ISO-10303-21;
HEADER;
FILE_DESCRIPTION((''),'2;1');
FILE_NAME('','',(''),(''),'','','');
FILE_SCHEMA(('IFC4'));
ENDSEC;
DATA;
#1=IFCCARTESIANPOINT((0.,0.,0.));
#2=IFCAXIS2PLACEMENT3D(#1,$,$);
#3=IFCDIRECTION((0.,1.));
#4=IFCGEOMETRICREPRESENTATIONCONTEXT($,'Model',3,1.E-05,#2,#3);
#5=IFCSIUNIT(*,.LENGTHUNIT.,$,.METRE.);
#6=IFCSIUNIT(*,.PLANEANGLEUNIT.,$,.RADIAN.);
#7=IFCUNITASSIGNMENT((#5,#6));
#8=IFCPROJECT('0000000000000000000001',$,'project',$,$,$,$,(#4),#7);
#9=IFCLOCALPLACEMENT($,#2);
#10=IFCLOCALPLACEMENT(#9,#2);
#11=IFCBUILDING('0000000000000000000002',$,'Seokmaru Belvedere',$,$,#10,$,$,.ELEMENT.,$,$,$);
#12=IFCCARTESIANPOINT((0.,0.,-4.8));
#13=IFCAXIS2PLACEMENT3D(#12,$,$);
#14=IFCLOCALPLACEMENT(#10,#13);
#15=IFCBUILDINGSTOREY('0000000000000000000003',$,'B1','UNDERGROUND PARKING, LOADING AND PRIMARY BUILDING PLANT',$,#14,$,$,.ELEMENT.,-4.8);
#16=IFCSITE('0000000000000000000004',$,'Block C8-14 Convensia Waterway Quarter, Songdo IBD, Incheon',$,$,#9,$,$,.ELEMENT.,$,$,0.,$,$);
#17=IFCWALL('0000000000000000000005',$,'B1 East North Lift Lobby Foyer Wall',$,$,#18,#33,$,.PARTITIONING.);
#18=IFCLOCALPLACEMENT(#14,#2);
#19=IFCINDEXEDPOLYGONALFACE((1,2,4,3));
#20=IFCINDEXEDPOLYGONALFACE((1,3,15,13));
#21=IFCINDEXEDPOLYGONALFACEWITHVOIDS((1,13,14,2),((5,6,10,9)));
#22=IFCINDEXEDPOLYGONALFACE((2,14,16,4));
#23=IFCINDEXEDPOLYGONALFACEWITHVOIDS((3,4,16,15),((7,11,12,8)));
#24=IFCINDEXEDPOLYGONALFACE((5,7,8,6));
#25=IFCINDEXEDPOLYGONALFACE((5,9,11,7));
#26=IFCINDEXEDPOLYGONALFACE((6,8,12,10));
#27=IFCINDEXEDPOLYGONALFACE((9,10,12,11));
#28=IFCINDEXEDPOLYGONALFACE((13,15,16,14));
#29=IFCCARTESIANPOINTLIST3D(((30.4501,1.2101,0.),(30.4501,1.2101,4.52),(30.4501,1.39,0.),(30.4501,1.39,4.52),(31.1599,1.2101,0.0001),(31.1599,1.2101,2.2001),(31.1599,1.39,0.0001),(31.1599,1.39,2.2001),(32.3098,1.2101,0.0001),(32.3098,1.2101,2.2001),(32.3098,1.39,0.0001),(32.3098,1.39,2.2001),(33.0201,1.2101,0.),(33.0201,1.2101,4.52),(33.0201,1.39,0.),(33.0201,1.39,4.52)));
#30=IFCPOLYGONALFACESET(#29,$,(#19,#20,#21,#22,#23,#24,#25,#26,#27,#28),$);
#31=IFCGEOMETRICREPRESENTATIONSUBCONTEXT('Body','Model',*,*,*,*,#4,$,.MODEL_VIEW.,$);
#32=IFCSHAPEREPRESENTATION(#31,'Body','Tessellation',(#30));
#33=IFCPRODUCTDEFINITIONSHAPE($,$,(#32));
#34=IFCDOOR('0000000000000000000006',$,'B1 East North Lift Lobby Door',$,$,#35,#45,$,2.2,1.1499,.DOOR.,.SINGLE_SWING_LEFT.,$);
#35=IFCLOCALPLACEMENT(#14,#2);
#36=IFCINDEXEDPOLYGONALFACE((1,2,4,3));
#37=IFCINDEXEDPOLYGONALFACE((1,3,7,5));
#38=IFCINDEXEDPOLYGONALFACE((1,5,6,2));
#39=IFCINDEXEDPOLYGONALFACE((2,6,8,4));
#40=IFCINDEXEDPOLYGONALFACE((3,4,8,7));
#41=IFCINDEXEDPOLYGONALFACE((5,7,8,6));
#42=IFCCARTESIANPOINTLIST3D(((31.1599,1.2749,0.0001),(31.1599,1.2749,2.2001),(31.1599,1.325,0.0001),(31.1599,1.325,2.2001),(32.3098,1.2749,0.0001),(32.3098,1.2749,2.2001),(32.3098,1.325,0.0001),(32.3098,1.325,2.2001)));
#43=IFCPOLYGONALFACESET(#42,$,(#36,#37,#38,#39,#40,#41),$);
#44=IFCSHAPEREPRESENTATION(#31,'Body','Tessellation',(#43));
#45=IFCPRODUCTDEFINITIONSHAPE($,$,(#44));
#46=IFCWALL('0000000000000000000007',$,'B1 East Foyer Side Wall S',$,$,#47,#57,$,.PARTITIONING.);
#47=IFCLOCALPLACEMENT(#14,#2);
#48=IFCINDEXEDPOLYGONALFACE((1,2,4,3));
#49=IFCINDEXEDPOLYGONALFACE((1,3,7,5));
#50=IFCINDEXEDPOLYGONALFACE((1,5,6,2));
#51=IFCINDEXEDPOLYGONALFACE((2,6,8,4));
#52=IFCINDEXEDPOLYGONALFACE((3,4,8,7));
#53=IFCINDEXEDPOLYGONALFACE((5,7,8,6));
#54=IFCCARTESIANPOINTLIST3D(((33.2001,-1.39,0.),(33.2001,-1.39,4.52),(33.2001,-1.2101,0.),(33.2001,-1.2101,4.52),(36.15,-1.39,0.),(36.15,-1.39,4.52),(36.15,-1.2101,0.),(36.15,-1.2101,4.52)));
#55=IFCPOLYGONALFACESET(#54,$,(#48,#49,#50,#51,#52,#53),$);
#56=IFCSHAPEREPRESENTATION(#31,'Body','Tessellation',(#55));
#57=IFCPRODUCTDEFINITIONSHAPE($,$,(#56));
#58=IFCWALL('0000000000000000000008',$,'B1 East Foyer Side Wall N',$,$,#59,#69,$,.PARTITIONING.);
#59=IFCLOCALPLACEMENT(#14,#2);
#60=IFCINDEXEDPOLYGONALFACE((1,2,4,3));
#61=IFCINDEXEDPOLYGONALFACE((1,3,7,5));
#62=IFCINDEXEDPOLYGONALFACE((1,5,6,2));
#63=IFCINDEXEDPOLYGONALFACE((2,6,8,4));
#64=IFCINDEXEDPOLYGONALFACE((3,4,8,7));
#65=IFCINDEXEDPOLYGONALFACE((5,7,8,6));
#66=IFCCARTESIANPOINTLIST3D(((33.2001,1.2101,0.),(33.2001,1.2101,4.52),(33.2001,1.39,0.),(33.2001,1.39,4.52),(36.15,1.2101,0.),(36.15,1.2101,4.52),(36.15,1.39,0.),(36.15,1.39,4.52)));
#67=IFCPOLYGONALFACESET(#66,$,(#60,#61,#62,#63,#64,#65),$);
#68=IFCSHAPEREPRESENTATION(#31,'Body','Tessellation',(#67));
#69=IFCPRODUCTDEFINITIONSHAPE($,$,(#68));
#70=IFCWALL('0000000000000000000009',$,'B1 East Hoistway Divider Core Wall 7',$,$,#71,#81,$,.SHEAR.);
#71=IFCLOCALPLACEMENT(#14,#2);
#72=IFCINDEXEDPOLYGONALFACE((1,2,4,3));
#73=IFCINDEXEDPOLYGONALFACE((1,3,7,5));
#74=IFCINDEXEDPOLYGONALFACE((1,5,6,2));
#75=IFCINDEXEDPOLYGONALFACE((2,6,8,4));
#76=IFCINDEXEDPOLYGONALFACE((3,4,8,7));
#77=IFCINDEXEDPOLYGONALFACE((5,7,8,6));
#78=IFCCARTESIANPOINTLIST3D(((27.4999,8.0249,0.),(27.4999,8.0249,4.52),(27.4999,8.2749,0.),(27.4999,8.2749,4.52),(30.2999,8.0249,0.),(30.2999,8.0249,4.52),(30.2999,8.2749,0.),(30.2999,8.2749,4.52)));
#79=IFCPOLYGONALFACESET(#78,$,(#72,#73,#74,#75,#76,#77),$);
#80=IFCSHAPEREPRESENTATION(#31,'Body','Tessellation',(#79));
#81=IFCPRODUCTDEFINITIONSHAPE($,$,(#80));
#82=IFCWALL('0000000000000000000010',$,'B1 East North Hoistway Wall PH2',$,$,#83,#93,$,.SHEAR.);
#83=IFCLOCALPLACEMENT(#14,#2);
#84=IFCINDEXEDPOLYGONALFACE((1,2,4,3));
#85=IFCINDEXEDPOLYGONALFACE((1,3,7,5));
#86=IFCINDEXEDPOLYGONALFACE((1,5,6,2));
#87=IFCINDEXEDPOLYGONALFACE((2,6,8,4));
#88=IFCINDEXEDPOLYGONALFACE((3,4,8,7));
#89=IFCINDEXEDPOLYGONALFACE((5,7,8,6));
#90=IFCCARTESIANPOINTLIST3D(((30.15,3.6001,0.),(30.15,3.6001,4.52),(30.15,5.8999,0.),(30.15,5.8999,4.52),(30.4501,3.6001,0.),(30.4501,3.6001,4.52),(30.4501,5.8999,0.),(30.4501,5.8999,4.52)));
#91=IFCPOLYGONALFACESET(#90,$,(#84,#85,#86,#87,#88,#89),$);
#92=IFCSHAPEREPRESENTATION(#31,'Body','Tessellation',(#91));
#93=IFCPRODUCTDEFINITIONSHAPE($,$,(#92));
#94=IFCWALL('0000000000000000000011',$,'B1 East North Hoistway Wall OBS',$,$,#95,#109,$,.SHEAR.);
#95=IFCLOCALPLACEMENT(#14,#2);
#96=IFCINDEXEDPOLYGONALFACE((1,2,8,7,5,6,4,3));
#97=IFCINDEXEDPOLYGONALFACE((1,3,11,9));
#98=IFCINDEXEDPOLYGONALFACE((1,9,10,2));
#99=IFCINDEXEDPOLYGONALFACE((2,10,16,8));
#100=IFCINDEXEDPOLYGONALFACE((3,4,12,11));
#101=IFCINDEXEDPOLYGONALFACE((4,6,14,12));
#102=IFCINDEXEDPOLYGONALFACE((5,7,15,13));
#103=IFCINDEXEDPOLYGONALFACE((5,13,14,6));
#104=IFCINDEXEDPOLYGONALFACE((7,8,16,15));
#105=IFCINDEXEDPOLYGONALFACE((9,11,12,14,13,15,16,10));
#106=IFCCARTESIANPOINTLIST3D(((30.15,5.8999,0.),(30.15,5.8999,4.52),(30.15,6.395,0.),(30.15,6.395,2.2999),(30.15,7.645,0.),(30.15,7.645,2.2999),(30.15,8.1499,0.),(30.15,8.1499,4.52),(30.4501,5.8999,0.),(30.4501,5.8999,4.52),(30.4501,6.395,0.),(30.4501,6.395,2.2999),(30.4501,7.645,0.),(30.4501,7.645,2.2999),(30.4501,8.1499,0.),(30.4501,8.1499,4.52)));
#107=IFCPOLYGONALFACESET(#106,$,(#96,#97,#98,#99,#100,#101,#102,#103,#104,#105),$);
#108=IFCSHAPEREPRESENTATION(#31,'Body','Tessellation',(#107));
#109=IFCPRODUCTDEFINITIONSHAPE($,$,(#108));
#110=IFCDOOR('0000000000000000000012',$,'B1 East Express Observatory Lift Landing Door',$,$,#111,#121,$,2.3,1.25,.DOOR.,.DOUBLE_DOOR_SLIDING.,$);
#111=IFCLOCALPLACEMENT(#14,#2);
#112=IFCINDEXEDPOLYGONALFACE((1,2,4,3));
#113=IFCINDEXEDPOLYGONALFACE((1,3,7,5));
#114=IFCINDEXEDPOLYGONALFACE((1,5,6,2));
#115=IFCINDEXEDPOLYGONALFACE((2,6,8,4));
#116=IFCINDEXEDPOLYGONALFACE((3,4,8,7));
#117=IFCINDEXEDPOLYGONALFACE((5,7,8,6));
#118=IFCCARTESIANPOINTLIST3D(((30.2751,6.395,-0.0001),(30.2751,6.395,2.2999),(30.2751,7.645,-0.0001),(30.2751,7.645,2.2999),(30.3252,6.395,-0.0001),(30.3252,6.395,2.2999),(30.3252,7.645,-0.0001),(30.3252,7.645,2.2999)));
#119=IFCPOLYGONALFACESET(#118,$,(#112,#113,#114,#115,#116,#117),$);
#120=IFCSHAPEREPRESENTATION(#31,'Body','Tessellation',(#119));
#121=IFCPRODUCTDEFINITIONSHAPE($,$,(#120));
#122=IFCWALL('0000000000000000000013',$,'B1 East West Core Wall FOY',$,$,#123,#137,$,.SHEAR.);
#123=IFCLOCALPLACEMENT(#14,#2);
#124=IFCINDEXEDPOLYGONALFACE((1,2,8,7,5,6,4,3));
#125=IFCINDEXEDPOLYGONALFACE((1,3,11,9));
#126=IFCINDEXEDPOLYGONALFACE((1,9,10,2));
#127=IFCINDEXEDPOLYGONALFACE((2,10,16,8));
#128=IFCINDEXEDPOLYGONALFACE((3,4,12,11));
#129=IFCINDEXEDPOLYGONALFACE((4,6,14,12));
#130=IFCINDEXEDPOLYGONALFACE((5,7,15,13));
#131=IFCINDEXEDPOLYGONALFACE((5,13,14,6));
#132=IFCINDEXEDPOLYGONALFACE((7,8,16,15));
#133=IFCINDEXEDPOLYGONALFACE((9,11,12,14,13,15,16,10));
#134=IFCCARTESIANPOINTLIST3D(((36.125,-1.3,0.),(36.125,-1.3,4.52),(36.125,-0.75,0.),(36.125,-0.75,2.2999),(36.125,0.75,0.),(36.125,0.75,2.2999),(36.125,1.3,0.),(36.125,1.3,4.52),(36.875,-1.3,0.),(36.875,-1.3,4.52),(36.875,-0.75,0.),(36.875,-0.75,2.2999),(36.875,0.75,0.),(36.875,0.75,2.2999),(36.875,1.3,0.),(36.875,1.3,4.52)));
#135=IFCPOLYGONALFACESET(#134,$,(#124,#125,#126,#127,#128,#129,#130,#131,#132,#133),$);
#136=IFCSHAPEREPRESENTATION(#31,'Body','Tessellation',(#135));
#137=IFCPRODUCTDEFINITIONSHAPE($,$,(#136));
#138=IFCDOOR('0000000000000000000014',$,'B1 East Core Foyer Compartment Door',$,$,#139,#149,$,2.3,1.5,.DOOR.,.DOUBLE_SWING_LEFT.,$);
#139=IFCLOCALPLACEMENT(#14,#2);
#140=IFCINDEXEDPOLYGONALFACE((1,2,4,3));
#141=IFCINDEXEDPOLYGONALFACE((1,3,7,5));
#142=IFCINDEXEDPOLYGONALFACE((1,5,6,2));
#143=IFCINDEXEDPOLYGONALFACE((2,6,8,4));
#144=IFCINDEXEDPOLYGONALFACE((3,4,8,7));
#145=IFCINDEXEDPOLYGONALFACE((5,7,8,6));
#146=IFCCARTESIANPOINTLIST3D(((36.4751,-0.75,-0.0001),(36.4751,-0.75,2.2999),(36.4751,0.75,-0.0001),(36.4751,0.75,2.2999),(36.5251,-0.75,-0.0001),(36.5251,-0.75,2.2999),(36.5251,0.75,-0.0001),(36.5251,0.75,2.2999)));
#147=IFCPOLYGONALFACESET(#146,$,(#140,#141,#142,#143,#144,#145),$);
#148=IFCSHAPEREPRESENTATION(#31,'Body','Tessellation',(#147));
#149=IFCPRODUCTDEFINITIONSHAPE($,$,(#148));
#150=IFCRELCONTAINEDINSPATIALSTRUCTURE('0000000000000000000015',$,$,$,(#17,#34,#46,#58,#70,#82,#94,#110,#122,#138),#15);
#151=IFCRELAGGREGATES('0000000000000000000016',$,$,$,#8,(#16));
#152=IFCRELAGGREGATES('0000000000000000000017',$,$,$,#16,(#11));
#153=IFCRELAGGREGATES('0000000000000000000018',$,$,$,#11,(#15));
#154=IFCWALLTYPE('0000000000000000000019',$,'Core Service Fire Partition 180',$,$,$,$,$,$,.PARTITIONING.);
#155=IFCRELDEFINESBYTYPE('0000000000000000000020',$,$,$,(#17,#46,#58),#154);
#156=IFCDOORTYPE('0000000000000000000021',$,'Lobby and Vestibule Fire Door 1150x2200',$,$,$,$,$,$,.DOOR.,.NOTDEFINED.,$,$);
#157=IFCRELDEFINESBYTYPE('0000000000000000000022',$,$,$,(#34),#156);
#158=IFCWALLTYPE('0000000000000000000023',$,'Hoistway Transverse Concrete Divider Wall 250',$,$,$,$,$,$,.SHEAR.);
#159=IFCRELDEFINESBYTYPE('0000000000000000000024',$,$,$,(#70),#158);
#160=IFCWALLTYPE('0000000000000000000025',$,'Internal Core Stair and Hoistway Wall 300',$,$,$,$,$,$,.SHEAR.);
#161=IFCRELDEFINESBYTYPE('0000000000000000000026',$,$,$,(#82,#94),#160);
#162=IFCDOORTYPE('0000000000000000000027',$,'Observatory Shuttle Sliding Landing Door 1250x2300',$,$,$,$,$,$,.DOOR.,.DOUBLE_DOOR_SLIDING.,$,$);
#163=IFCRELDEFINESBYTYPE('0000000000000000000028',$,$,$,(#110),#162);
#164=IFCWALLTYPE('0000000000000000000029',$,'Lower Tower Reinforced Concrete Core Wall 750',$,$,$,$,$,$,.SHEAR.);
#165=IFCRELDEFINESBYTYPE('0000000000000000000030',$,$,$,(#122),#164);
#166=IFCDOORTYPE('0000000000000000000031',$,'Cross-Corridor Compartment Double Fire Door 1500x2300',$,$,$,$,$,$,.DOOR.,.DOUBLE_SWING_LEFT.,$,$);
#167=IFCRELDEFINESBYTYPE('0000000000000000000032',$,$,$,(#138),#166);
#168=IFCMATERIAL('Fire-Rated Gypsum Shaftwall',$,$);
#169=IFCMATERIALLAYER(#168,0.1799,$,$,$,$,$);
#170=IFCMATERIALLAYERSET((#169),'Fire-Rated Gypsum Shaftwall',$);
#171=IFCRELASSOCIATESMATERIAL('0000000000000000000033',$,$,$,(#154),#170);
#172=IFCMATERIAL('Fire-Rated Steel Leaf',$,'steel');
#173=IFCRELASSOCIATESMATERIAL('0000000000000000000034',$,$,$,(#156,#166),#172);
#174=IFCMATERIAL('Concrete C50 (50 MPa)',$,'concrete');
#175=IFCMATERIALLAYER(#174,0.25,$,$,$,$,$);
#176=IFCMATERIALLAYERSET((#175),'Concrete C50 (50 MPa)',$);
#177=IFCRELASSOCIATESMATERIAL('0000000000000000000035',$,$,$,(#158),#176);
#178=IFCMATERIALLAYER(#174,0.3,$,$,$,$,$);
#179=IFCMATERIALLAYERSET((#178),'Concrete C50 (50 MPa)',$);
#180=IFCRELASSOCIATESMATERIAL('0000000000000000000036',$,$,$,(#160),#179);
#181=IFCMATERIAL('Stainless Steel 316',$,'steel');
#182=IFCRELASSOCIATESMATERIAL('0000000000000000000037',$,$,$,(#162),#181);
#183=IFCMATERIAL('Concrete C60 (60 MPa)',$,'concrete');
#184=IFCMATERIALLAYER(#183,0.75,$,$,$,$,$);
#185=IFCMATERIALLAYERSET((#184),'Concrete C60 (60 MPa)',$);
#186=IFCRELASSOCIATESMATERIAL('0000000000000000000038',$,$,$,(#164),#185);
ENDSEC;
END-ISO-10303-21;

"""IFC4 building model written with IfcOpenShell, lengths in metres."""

from ifc_helpers import new_model, si_unit, direction, frame, frame_2d, origin, place, context, subcontext, project, spatial, rectangle, extrude, source, transform, mapped, material, layer, layer_set, type_object, type_shapes, element, fill, save


model = new_model("IFC4")

# Units and contexts
model_context = context("Model", 3, precision=1e-05, world=origin(), true_north=direction((0.0, 1.0)))
body_context = subcontext(model_context, "Body", "Model", "MODEL_VIEW")
ifc_project = project(units=[si_unit("LENGTHUNIT", "METRE"), si_unit("PLANEANGLEUNIT", "RADIAN")], contexts=[model_context])

# Site, building, storey
site_placement = place(None, origin())
site = spatial("IfcSite", under=ifc_project, at=site_placement, Name="Block C8-14 Convensia Waterway Quarter, Songdo IBD, Incheon", CompositionType="ELEMENT", RefElevation=0.0)
building_placement = place(site_placement, origin())
building = spatial("IfcBuilding", under=site, at=building_placement, Name="Seokmaru Belvedere", CompositionType="ELEMENT")
storey_placement = place(building_placement, frame((0.0, 0.0, -4.8)))
storey = spatial("IfcBuildingStorey", under=building, at=storey_placement, Name="B1", Description="UNDERGROUND PARKING, LOADING AND PRIMARY BUILDING PLANT", CompositionType="ELEMENT", Elevation=-4.8)

# Shared definitions
ifc_material_1 = material(Name="Concrete C60 (60 MPa)", Category="concrete")

# Shared definitions
ifc_material_2 = material(Name="Concrete C50 (50 MPa)", Category="concrete")

# Shared definitions
ifc_material_3 = material(Name="Fire-Rated Gypsum Shaftwall")
ifc_layer_1 = layer(ifc_material_3, 0.1799)
ifc_layer_set_1 = layer_set([ifc_layer_1], Name="Fire-Rated Gypsum Shaftwall")
wall_type_1 = type_object("IfcWallType", Name="Core Service Fire Partition 180", PredefinedType="PARTITIONING", material=ifc_layer_set_1)

# Wall, opening, door
wall_1_placement = place(storey_placement, frame((30.45, 1.3, 0.0), z_axis=(0.0, 0.0, 1.0), x_axis=(1.0, 0.0, 0.0)))
wall_1 = element("IfcWall", 1, at=wall_1_placement, inside=storey, type_object=wall_type_1, Name="B1 East North Lift Lobby Foyer Wall", PredefinedType="PARTITIONING", context=body_context, shape_type="SweptSolid", body=[
    extrude(rectangle(XDim=2.5701, YDim=0.1799, at=frame_2d((1.2852, 0.0))), origin(), (0.0, 0.0, 1.0), 4.52),
])
opening_1_placement = place(wall_1_placement, frame((0.71, 0.0, 0.0)))
opening_1 = element("IfcOpeningElement", 2, at=opening_1_placement, cuts=wall_1, PredefinedType="OPENING", context=body_context, shape_type="SweptSolid", body=[
    extrude(rectangle(XDim=1.1499, YDim=2.2, at=frame_2d((0.575, 1.1001))), frame((0.0, 0.1001, 0.0), z_axis=(0.0, -1.0, 0.0), x_axis=(1.0, 0.0, 0.0)), (0.0, 0.0, 1.0), 0.2),
])
ifc_material_4 = material(Name="Fire-Rated Steel Leaf", Category="steel")
door_type_1 = type_object("IfcDoorType", Name="Lobby and Vestibule Fire Door 1150x2200", OperationType="NOTDEFINED", PredefinedType="DOOR", material=ifc_material_4)
shared_shape_1 = source(origin(), body_context, "Body", "SweptSolid", [
    extrude(rectangle(XDim=1.1499, YDim=2.2, at=frame_2d((0.575, 1.1001))), frame((0.0, 0.0249, 0.0), z_axis=(0.0, -1.0, 0.0), x_axis=(1.0, 0.0, 0.0)), (0.0, 0.0, 1.0), 0.05),
])
type_shapes(door_type_1, [shared_shape_1])
door_1_placement = place(opening_1_placement, origin())
door_1 = element("IfcDoor", 3, at=door_1_placement, inside=storey, type_object=door_type_1, Name="B1 East North Lift Lobby Door", OperationType="SINGLE_SWING_LEFT", OverallHeight=2.2, OverallWidth=1.1499, PredefinedType="DOOR", context=body_context, shape_type="MappedRepresentation", body=[
    mapped(shared_shape_1, transform((0.0, 0.0, 0.0), scale=1.0)),
])
fill(opening_1, door_1)

# Walls
for number, where, z_axis, x_axis, name in (
    (4, (33.2, -1.3, 0.0), (0.0, 0.0, 1.0), (1.0, 0.0, 0.0), "B1 East Foyer Side Wall S"),
    (5, (33.2, 1.3, 0.0), (0.0, 0.0, 1.0), (1.0, 0.0, 0.0), "B1 East Foyer Side Wall N"),
):
    element("IfcWall", number, at=place(storey_placement, frame(where, z_axis=z_axis, x_axis=x_axis)), inside=storey, type_object=wall_type_1, Name=name, PredefinedType="PARTITIONING", context=body_context, shape_type="SweptSolid", body=[
        extrude(rectangle(XDim=2.95, YDim=0.1799, at=frame_2d((1.4751, 0.0))), origin(), (0.0, 0.0, 1.0), 4.52),
    ])
ifc_layer_2 = layer(ifc_material_2, 0.25)
ifc_layer_set_2 = layer_set([ifc_layer_2], Name="Concrete C50 (50 MPa)")
wall_type_2 = type_object("IfcWallType", Name="Hoistway Transverse Concrete Divider Wall 250", PredefinedType="SHEAR", material=ifc_layer_set_2)
wall_2_placement = place(storey_placement, frame((27.5, 8.1499, 0.0), z_axis=(0.0, 0.0, 1.0), x_axis=(1.0, 0.0, 0.0)))
element("IfcWall", 6, at=wall_2_placement, inside=storey, type_object=wall_type_2, Name="B1 East Hoistway Divider Core Wall 7", PredefinedType="SHEAR", context=body_context, shape_type="SweptSolid", body=[
    extrude(rectangle(XDim=2.8, YDim=0.25, at=frame_2d((1.3999, 0.0))), origin(), (0.0, 0.0, 1.0), 4.52),
])

# Shared definitions
ifc_layer_3 = layer(ifc_material_2, 0.3)
ifc_layer_set_3 = layer_set([ifc_layer_3], Name="Concrete C50 (50 MPa)")
wall_type_3 = type_object("IfcWallType", Name="Internal Core Stair and Hoistway Wall 300", PredefinedType="SHEAR", material=ifc_layer_set_3)

# Wall
wall_3_placement = place(storey_placement, frame((30.3, 3.6001, 0.0), z_axis=(0.0, 0.0, 1.0), x_axis=(0.0, 1.0, 0.0)))
element("IfcWall", 7, at=wall_3_placement, inside=storey, type_object=wall_type_3, Name="B1 East North Hoistway Wall PH2", PredefinedType="SHEAR", context=body_context, shape_type="SweptSolid", body=[
    extrude(rectangle(XDim=2.2998, YDim=0.3, at=frame_2d((1.1499, 0.0))), origin(), (0.0, 0.0, 1.0), 4.52),
])

# Walls, openings, doors
wall_4_placement = place(storey_placement, frame((30.3, 5.8999, 0.0), z_axis=(0.0, 0.0, 1.0), x_axis=(0.0, 1.0, 0.0)))
wall_4 = element("IfcWall", 8, at=wall_4_placement, inside=storey, type_object=wall_type_3, Name="B1 East North Hoistway Wall OBS", PredefinedType="SHEAR", context=body_context, shape_type="SweptSolid", body=[
    extrude(rectangle(XDim=2.25, YDim=0.3, at=frame_2d((1.125, 0.0))), origin(), (0.0, 0.0, 1.0), 4.52),
])
opening_2_placement = place(wall_4_placement, frame((0.4951, 0.0, 0.0)))
opening_2 = element("IfcOpeningElement", 9, at=opening_2_placement, cuts=wall_4, PredefinedType="OPENING", context=body_context, shape_type="SweptSolid", body=[
    extrude(rectangle(XDim=1.25, YDim=2.3, at=frame_2d((0.625, 1.1499))), frame((0.0, 0.1602, 0.0), z_axis=(0.0, -1.0, 0.0), x_axis=(1.0, 0.0, 0.0)), (0.0, 0.0, 1.0), 0.3201),
])
ifc_material_5 = material(Name="Stainless Steel 316", Category="steel")
door_type_2 = type_object("IfcDoorType", Name="Observatory Shuttle Sliding Landing Door 1250x2300", OperationType="DOUBLE_DOOR_SLIDING", PredefinedType="DOOR", material=ifc_material_5)
shared_shape_2 = source(origin(), body_context, "Body", "SweptSolid", [
    extrude(rectangle(XDim=1.25, YDim=2.3, at=frame_2d((0.625, 1.1499))), frame((0.0, 0.0249, 0.0), z_axis=(0.0, -1.0, 0.0), x_axis=(1.0, 0.0, 0.0)), (0.0, 0.0, 1.0), 0.05),
])
type_shapes(door_type_2, [shared_shape_2])
door_2_placement = place(opening_2_placement, origin())
door_2 = element("IfcDoor", 10, at=door_2_placement, inside=storey, type_object=door_type_2, Name="B1 East Express Observatory Lift Landing Door", OperationType="DOUBLE_DOOR_SLIDING", OverallHeight=2.3, OverallWidth=1.25, PredefinedType="DOOR", context=body_context, shape_type="MappedRepresentation", body=[
    mapped(shared_shape_2, transform((0.0, 0.0, 0.0), scale=1.0)),
])
fill(opening_2, door_2)
ifc_layer_4 = layer(ifc_material_1, 0.75)
ifc_layer_set_4 = layer_set([ifc_layer_4], Name="Concrete C60 (60 MPa)")
wall_type_4 = type_object("IfcWallType", Name="Lower Tower Reinforced Concrete Core Wall 750", PredefinedType="SHEAR", material=ifc_layer_set_4)
wall_5_placement = place(storey_placement, frame((36.5, -1.3, 0.0), z_axis=(0.0, 0.0, 1.0), x_axis=(0.0, 1.0, 0.0)))
wall_5 = element("IfcWall", 11, at=wall_5_placement, inside=storey, type_object=wall_type_4, Name="B1 East West Core Wall FOY", PredefinedType="SHEAR", context=body_context, shape_type="SweptSolid", body=[
    extrude(rectangle(XDim=2.6001, YDim=0.75, at=frame_2d((1.3, 0.0))), origin(), (0.0, 0.0, 1.0), 4.52),
])
opening_3_placement = place(wall_5_placement, frame((0.55, 0.0, 0.0)))
opening_3 = element("IfcOpeningElement", 12, at=opening_3_placement, cuts=wall_5, PredefinedType="OPENING", context=body_context, shape_type="SweptSolid", body=[
    extrude(rectangle(XDim=1.5, YDim=2.3, at=frame_2d((0.75, 1.1499))), frame((0.0, 0.385, 0.0), z_axis=(0.0, -1.0, 0.0), x_axis=(1.0, 0.0, 0.0)), (0.0, 0.0, 1.0), 0.77),
])
door_type_3 = type_object("IfcDoorType", Name="Cross-Corridor Compartment Double Fire Door 1500x2300", OperationType="DOUBLE_SWING_LEFT", PredefinedType="DOOR", material=ifc_material_4)
shared_shape_3 = source(origin(), body_context, "Body", "SweptSolid", [
    extrude(rectangle(XDim=1.5, YDim=2.3, at=frame_2d((0.75, 1.1499))), frame((0.0, 0.0249, 0.0), z_axis=(0.0, -1.0, 0.0), x_axis=(1.0, 0.0, 0.0)), (0.0, 0.0, 1.0), 0.05),
])
type_shapes(door_type_3, [shared_shape_3])
door_3_placement = place(opening_3_placement, origin())
door_3 = element("IfcDoor", 13, at=door_3_placement, inside=storey, type_object=door_type_3, Name="B1 East Core Foyer Compartment Door", OperationType="DOUBLE_SWING_LEFT", OverallHeight=2.3, OverallWidth=1.5, PredefinedType="DOOR", context=body_context, shape_type="MappedRepresentation", body=[
    mapped(shared_shape_3, transform((0.0, 0.0, 0.0), scale=1.0)),
])
fill(opening_3, door_3)

save(model, "model.ifc")
